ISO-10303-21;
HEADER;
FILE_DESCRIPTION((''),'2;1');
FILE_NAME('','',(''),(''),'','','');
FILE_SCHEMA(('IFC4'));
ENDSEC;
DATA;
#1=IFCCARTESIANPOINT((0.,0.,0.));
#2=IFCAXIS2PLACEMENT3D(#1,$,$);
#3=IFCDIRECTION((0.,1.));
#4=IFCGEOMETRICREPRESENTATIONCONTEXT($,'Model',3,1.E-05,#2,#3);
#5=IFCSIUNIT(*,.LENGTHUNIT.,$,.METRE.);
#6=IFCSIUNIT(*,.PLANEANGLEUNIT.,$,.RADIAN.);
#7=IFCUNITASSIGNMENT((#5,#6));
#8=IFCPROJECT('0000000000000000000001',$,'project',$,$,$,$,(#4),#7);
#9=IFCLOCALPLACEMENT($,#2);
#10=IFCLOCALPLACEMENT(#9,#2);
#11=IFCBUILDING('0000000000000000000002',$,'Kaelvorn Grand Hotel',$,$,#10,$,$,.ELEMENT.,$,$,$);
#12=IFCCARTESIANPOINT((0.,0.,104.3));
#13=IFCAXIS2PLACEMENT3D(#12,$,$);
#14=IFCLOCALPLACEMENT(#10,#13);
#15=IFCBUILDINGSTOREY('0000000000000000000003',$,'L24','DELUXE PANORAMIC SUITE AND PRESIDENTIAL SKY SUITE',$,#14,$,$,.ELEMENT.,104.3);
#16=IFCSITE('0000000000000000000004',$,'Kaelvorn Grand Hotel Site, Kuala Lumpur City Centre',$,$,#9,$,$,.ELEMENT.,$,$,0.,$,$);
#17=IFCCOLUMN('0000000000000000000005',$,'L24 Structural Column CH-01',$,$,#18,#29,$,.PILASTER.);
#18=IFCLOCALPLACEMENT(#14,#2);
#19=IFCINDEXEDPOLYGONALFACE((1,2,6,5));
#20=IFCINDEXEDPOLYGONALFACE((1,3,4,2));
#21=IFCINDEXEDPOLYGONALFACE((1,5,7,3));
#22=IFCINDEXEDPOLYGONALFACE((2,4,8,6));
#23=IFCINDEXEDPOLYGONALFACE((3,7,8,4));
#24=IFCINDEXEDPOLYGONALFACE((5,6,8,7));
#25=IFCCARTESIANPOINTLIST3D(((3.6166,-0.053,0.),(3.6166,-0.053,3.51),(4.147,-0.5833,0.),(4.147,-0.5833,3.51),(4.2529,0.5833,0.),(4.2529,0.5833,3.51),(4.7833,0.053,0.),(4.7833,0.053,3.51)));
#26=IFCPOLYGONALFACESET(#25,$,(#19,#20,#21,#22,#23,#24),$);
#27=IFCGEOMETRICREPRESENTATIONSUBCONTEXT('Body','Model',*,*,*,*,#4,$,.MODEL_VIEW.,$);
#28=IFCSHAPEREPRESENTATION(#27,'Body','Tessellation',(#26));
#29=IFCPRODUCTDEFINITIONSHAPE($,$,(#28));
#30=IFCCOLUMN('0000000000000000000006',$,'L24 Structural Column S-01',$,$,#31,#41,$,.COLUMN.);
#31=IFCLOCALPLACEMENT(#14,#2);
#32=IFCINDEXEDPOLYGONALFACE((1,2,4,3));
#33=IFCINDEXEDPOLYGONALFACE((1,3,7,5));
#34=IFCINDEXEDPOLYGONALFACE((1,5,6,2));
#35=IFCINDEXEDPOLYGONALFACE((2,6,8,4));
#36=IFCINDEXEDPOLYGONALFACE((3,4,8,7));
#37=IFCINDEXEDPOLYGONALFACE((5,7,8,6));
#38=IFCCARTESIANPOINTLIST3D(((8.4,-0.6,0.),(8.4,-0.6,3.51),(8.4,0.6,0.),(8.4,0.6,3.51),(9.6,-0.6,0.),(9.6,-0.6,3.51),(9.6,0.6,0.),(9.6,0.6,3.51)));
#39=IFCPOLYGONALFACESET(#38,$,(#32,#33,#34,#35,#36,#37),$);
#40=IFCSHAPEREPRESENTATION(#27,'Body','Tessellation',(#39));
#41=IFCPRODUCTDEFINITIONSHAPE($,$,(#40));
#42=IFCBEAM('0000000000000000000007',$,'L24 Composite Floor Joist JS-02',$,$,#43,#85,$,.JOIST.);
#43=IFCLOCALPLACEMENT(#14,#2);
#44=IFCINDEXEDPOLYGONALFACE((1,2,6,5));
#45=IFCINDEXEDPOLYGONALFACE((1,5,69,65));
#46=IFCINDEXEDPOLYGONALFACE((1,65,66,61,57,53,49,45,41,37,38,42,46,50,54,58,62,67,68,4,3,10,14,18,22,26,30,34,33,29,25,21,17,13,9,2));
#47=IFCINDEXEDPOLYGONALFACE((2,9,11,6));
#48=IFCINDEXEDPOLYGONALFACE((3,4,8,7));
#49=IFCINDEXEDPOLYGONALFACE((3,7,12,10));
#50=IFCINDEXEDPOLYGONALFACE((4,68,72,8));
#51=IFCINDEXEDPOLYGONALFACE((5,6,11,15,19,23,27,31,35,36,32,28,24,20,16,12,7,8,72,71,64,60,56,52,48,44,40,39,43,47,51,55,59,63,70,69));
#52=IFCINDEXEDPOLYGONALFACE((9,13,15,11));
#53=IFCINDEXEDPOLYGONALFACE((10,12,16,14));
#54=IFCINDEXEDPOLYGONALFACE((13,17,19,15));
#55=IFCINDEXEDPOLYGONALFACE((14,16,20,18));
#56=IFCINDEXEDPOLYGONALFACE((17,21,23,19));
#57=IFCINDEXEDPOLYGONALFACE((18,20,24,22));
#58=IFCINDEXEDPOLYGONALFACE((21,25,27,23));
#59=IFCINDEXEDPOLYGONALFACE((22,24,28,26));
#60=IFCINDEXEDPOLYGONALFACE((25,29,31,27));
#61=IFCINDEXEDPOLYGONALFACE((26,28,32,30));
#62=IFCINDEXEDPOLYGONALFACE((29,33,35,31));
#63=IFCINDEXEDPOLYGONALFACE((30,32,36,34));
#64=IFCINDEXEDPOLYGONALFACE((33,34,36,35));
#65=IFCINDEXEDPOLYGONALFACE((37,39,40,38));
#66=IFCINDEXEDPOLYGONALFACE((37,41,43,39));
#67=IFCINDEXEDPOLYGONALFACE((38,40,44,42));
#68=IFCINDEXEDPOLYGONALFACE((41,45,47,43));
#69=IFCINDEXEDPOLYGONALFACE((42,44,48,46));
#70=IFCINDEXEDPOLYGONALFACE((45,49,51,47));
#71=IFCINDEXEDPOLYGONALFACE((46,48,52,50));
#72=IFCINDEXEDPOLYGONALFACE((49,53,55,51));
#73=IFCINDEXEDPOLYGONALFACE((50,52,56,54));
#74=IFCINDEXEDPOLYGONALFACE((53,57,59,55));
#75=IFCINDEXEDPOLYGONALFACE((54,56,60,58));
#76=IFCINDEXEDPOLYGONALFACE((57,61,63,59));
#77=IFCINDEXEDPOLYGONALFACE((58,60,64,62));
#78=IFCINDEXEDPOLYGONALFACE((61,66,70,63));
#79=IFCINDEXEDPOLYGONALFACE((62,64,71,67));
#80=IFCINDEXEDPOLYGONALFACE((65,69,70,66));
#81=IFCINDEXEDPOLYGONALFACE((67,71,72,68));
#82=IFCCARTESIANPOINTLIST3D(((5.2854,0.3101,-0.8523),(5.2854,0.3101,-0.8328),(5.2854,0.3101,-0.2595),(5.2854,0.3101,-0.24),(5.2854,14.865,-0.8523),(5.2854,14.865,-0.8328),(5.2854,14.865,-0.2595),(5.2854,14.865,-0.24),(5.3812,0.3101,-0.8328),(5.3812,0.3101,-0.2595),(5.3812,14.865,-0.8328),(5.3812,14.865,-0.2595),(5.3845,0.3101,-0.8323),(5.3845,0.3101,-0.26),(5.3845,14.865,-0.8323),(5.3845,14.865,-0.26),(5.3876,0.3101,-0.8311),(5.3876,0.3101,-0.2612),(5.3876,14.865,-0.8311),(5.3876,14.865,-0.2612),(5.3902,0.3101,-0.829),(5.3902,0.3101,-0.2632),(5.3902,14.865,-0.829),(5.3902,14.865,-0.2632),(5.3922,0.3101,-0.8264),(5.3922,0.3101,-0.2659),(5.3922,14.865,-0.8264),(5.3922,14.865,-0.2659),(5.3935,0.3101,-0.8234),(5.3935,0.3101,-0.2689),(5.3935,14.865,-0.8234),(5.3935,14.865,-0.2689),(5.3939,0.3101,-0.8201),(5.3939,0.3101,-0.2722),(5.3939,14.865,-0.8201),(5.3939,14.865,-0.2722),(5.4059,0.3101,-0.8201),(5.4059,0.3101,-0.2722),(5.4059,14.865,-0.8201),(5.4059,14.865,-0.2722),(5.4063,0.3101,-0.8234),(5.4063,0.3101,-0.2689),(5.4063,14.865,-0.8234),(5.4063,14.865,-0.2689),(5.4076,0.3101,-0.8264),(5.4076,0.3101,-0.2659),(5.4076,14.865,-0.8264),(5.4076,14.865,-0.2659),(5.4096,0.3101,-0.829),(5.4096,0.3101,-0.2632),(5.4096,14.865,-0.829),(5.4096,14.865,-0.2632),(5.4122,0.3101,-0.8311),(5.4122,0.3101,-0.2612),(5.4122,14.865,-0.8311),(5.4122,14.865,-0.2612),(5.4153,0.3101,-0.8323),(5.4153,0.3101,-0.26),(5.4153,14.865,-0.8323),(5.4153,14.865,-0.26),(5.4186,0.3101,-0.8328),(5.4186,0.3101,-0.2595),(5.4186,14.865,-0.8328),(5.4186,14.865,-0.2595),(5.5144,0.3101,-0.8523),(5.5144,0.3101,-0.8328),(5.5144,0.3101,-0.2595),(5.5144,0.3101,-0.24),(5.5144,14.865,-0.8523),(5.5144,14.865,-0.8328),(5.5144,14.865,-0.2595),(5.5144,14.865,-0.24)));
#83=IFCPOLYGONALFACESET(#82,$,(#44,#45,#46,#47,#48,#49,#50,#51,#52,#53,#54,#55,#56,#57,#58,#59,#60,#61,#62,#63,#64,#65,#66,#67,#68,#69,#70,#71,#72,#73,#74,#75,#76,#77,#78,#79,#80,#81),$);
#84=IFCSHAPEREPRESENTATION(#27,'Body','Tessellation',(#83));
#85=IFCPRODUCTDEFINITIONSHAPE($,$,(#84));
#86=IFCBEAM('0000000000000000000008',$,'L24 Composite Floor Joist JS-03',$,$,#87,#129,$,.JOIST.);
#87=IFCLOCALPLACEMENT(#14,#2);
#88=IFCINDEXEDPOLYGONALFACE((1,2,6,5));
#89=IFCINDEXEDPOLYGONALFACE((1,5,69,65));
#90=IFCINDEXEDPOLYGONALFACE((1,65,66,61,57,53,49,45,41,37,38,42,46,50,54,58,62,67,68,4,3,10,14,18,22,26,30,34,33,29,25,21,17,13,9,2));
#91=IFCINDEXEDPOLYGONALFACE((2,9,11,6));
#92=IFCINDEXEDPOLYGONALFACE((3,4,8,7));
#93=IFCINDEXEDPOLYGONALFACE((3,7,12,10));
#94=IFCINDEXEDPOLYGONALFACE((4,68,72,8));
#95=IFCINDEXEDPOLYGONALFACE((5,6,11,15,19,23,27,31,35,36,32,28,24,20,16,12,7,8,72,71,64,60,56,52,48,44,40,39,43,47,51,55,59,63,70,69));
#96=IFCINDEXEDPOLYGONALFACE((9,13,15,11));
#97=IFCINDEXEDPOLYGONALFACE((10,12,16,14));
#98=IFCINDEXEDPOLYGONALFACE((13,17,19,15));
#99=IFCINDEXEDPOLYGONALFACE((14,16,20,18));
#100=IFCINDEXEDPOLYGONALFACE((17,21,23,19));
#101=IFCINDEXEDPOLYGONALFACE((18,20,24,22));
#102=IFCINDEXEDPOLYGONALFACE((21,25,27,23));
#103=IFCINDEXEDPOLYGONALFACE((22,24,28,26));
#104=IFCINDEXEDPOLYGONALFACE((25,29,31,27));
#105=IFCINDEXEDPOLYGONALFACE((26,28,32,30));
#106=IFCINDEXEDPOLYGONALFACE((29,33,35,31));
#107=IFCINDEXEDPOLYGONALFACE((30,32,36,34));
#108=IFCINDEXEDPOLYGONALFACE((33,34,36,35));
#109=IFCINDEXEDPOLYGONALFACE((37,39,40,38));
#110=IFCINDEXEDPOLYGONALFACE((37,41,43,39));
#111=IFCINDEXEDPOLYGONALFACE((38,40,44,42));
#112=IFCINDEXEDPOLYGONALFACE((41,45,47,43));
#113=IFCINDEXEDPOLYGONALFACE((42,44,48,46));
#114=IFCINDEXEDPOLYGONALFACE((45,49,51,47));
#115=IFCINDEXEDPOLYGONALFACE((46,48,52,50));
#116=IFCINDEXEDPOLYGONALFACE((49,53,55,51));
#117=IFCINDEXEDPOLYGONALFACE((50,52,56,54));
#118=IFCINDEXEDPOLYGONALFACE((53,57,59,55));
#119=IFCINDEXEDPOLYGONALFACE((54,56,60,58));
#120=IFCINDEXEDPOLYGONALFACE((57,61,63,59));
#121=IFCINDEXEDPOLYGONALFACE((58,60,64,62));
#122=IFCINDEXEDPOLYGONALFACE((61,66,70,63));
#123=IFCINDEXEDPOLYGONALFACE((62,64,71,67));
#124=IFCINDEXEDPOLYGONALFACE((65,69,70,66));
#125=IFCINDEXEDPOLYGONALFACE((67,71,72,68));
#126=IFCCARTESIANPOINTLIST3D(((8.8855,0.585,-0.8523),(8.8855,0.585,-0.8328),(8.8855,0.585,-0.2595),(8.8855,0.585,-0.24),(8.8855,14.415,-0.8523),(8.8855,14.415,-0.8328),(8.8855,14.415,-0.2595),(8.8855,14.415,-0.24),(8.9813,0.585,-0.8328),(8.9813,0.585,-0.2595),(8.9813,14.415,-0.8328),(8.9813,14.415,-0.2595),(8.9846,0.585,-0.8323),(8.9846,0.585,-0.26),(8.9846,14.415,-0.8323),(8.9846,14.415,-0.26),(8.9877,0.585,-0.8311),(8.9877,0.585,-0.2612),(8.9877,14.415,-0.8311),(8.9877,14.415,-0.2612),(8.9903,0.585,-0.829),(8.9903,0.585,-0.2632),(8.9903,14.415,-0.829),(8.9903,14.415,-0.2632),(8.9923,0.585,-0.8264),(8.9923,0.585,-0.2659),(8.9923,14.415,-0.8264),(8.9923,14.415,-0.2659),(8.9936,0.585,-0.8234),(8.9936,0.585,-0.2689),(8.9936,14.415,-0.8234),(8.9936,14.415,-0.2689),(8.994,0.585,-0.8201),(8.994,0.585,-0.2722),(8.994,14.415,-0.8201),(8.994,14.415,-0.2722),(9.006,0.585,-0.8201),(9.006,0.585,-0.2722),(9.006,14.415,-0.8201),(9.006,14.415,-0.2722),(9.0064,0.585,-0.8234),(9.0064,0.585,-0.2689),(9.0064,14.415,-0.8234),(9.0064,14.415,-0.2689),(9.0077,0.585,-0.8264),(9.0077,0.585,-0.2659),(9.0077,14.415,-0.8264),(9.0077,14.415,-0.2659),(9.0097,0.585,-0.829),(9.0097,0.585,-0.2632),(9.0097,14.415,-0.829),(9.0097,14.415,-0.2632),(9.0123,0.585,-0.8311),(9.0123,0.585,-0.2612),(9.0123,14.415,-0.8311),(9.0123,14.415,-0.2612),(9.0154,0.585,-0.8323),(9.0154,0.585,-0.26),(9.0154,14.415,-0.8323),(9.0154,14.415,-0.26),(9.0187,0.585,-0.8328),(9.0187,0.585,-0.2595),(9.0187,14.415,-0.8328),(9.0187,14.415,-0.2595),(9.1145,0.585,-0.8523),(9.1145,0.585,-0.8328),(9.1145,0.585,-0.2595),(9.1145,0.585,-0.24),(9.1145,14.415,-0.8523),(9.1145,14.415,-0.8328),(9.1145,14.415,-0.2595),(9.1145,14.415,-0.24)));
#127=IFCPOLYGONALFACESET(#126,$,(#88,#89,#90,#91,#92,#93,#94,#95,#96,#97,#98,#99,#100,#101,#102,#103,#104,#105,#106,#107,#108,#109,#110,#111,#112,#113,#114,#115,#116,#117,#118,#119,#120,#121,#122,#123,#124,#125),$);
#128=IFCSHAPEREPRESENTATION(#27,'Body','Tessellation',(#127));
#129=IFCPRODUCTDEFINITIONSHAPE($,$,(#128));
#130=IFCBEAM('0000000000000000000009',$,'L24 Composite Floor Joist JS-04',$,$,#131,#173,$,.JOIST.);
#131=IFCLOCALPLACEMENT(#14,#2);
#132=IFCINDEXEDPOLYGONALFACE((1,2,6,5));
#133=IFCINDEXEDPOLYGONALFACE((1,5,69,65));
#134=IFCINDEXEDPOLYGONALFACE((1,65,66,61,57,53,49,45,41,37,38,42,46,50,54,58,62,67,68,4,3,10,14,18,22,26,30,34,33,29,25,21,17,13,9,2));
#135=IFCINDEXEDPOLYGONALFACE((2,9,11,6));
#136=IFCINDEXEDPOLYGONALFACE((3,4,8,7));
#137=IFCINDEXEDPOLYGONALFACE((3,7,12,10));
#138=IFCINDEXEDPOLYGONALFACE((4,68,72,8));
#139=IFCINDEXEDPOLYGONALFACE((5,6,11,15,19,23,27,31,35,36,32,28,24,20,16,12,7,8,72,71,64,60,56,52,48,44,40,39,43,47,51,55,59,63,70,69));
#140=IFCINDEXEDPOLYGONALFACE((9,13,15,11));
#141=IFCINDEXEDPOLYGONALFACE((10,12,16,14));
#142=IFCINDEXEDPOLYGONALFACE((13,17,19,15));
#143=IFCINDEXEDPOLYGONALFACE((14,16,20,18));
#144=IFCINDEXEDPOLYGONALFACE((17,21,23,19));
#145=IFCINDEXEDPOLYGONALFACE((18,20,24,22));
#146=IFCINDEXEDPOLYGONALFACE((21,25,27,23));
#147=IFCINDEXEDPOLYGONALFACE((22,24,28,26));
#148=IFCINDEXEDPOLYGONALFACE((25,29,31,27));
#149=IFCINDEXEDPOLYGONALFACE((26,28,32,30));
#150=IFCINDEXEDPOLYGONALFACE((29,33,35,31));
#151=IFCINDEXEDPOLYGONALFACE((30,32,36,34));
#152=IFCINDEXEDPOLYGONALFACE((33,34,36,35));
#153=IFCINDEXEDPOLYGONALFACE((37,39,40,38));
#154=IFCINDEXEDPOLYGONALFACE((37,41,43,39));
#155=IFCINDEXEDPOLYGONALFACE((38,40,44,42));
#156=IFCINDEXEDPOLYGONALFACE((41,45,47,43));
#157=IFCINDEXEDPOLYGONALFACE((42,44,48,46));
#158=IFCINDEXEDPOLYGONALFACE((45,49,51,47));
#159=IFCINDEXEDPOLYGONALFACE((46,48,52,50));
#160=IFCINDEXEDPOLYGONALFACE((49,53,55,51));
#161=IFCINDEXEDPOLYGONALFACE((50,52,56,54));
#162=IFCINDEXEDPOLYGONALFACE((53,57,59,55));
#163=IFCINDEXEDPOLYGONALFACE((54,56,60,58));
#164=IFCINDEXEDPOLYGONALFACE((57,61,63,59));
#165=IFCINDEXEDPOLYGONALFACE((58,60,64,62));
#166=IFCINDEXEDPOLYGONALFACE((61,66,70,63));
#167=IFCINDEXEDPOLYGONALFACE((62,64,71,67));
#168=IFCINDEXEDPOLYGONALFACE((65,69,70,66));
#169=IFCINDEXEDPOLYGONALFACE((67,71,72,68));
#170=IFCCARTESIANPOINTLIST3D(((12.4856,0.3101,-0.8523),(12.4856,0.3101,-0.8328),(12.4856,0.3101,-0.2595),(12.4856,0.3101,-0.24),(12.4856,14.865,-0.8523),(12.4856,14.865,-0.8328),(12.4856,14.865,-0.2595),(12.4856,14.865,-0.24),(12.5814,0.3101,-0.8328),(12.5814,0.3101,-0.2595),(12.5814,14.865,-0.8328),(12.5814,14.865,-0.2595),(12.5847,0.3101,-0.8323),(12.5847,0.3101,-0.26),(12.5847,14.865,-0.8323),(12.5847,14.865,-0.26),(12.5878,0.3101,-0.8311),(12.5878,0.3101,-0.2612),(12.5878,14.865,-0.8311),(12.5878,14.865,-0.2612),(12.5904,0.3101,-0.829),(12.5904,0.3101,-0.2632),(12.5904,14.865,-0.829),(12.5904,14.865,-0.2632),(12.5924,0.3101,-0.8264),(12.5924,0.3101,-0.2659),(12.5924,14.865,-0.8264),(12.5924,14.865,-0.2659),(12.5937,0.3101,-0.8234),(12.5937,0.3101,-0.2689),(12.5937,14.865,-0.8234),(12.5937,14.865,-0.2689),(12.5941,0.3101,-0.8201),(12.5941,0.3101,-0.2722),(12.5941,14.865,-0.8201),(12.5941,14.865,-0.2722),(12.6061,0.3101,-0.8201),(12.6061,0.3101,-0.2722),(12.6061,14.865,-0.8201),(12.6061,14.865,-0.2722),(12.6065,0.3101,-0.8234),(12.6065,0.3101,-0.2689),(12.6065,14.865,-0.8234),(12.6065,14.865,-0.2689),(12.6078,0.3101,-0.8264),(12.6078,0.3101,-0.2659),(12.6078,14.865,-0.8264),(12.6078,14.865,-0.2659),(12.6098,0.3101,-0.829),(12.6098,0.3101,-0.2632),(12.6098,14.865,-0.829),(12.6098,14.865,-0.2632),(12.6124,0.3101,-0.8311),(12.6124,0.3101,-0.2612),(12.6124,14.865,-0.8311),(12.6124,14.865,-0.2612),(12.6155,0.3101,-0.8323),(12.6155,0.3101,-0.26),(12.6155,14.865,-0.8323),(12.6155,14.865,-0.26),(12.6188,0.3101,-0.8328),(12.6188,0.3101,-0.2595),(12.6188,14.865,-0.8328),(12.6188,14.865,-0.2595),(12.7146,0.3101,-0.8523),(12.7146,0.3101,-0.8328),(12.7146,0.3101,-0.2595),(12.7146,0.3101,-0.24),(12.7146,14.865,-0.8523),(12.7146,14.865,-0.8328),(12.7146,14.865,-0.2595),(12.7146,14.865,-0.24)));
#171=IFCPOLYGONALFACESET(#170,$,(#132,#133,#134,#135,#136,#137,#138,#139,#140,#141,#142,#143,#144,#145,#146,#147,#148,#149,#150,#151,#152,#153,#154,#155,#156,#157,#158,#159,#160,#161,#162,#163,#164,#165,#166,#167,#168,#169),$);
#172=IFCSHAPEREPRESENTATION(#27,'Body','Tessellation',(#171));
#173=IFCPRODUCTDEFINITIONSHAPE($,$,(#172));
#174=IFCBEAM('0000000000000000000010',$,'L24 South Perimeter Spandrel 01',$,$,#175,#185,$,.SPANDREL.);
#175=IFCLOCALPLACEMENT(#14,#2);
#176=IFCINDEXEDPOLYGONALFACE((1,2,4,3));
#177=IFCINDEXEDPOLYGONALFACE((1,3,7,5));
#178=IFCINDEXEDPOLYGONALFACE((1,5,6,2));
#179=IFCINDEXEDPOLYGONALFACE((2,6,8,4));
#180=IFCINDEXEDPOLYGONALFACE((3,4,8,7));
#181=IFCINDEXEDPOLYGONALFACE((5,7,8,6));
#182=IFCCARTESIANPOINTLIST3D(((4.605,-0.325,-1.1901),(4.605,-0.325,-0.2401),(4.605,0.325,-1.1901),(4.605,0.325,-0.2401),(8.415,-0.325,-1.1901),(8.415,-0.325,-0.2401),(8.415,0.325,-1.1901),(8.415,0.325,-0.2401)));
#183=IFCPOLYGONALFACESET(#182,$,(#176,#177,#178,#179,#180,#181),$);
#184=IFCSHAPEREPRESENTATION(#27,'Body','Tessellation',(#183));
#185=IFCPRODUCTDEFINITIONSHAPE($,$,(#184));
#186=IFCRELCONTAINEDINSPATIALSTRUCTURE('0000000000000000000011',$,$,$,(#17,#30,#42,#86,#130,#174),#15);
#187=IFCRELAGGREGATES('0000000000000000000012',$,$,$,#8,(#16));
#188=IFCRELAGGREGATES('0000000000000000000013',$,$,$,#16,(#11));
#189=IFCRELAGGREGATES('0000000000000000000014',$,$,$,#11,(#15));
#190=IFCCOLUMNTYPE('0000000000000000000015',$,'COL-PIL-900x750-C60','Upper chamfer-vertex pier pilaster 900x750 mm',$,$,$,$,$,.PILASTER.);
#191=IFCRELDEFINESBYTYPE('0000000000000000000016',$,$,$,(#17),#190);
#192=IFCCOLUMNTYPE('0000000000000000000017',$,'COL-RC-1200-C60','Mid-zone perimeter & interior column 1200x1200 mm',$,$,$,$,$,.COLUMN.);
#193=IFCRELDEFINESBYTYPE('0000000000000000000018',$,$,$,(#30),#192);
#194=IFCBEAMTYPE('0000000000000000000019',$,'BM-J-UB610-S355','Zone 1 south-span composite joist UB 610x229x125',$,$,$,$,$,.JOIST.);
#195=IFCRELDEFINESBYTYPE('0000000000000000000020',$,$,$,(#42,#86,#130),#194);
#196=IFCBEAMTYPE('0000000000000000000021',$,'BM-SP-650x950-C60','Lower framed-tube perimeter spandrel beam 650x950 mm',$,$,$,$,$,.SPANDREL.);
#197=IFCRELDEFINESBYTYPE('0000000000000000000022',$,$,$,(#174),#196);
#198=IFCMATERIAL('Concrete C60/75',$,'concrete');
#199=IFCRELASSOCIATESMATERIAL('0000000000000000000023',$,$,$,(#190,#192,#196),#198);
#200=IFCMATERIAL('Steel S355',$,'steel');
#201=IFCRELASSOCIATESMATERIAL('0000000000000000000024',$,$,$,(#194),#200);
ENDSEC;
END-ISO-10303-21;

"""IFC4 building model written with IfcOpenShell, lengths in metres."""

from ifc_helpers import new_model, si_unit, direction, frame, origin, origin_2d, place, context, subcontext, project, spatial, rectangle, i_section, extrude, material, material_profile, profile_set, type_object, element, save


model = new_model("IFC4")

# Units and contexts
model_context = context("Model", 3, precision=1e-05, world=origin(), true_north=direction((0.0, 1.0)))
body_context = subcontext(model_context, "Body", "Model", "MODEL_VIEW")
ifc_project = project(units=[si_unit("LENGTHUNIT", "METRE"), si_unit("PLANEANGLEUNIT", "RADIAN")], contexts=[model_context])

# Site, building, storey
site_placement = place(None, origin())
site = spatial("IfcSite", under=ifc_project, at=site_placement, Name="Kaelvorn Grand Hotel Site, Kuala Lumpur City Centre", CompositionType="ELEMENT", RefElevation=0.0)
building_placement = place(site_placement, origin())
building = spatial("IfcBuilding", under=site, at=building_placement, Name="Kaelvorn Grand Hotel", CompositionType="ELEMENT")
storey_placement = place(building_placement, frame((0.0, 0.0, 104.3)))
storey = spatial("IfcBuildingStorey", under=building, at=storey_placement, Name="L24", Description="DELUXE PANORAMIC SUITE AND PRESIDENTIAL SKY SUITE", CompositionType="ELEMENT", Elevation=104.3)

# Columns
ifc_material_1 = material(Name="Concrete C60/75", Category="concrete")
ifc_material_profile_1 = material_profile(ifc_material_1, rectangle(XDim=0.8999, YDim=0.75, at=origin_2d()), Name="RC PILASTER 900x750")
ifc_profile_set_1 = profile_set([ifc_material_profile_1], Name="Concrete C60/75")
column_type_1 = type_object("IfcColumnType", Name="COL-PIL-900x750-C60", Description="Upper chamfer-vertex pier pilaster 900x750 mm", PredefinedType="PILASTER", material=ifc_profile_set_1)
column_1_placement = place(storey_placement, frame((4.2, 0.0, 0.0), z_axis=(0.0, 0.0, 1.0), x_axis=(0.707107, 0.707107, 0.0)))
element("IfcColumn", 1, at=column_1_placement, inside=storey, type_object=column_type_1, Name="L24 Structural Column CH-01", PredefinedType="PILASTER", context=body_context, shape_type="SweptSolid", body=[
    extrude(rectangle(XDim=0.8999, YDim=0.75, at=origin_2d()), origin(), (0.0, 0.0, 1.0), 3.51),
])
ifc_material_profile_2 = material_profile(ifc_material_1, rectangle(XDim=1.2, YDim=1.2, at=origin_2d()), Name="RC COL 1200x1200")
ifc_profile_set_2 = profile_set([ifc_material_profile_2], Name="Concrete C60/75")
column_type_2 = type_object("IfcColumnType", Name="COL-RC-1200-C60", Description="Mid-zone perimeter & interior column 1200x1200 mm", PredefinedType="COLUMN", material=ifc_profile_set_2)
column_2_placement = place(storey_placement, frame((9.0, 0.0, 0.0), z_axis=(0.0, 0.0, 1.0), x_axis=(1.0, 0.0, 0.0)))
element("IfcColumn", 2, at=column_2_placement, inside=storey, type_object=column_type_2, Name="L24 Structural Column S-01", PredefinedType="COLUMN", context=body_context, shape_type="SweptSolid", body=[
    extrude(rectangle(XDim=1.2, YDim=1.2, at=origin_2d()), origin(), (0.0, 0.0, 1.0), 3.51),
])

# Beams
ifc_material_2 = material(Name="Steel S355", Category="steel")
ifc_material_profile_3 = material_profile(ifc_material_2, i_section(OverallWidth=0.229, OverallDepth=0.6123, WebThickness=0.012, FlangeThickness=0.0195, FilletRadius=0.0127, at=origin_2d()), Name="UB 610x229x125")
ifc_profile_set_3 = profile_set([ifc_material_profile_3], Name="Steel S355")
beam_type_1 = type_object("IfcBeamType", Name="BM-J-UB610-S355", Description="Zone 1 south-span composite joist UB 610x229x125", PredefinedType="JOIST", material=ifc_profile_set_3)
beam_1_placement = place(storey_placement, frame((5.3999, 0.3101, -0.5461), z_axis=(0.0, 1.0, 0.0), x_axis=(-1.0, 0.0, 0.0)))
element("IfcBeam", 3, at=beam_1_placement, inside=storey, type_object=beam_type_1, Name="L24 Composite Floor Joist JS-02", PredefinedType="JOIST", context=body_context, shape_type="SweptSolid", body=[
    extrude(i_section(OverallWidth=0.229, OverallDepth=0.6123, WebThickness=0.012, FlangeThickness=0.0195, FilletRadius=0.0127, at=origin_2d()), origin(), (0.0, 0.0, 1.0), 14.5549),
])
beam_2_placement = place(storey_placement, frame((9.0, 0.585, -0.5461), z_axis=(0.0, 1.0, 0.0), x_axis=(-1.0, 0.0, 0.0)))
element("IfcBeam", 4, at=beam_2_placement, inside=storey, type_object=beam_type_1, Name="L24 Composite Floor Joist JS-03", PredefinedType="JOIST", context=body_context, shape_type="SweptSolid", body=[
    extrude(i_section(OverallWidth=0.229, OverallDepth=0.6123, WebThickness=0.012, FlangeThickness=0.0195, FilletRadius=0.0127, at=origin_2d()), origin(), (0.0, 0.0, 1.0), 13.8301),
])
beam_3_placement = place(storey_placement, frame((12.6001, 0.3101, -0.5461), z_axis=(0.0, 1.0, 0.0), x_axis=(-1.0, 0.0, 0.0)))
element("IfcBeam", 5, at=beam_3_placement, inside=storey, type_object=beam_type_1, Name="L24 Composite Floor Joist JS-04", PredefinedType="JOIST", context=body_context, shape_type="SweptSolid", body=[
    extrude(i_section(OverallWidth=0.229, OverallDepth=0.6123, WebThickness=0.012, FlangeThickness=0.0195, FilletRadius=0.0127, at=origin_2d()), origin(), (0.0, 0.0, 1.0), 14.5549),
])
ifc_material_profile_4 = material_profile(ifc_material_1, rectangle(XDim=0.6499, YDim=0.95, at=origin_2d()), Name="RC SPANDREL 650x950")
ifc_profile_set_4 = profile_set([ifc_material_profile_4], Name="Concrete C60/75")
beam_type_2 = type_object("IfcBeamType", Name="BM-SP-650x950-C60", Description="Lower framed-tube perimeter spandrel beam 650x950 mm", PredefinedType="SPANDREL", material=ifc_profile_set_4)
beam_4_placement = place(storey_placement, frame((4.605, 0.0, -0.7151), z_axis=(1.0, 0.0, 0.0), x_axis=(0.0, 1.0, 0.0)))
element("IfcBeam", 6, at=beam_4_placement, inside=storey, type_object=beam_type_2, Name="L24 South Perimeter Spandrel 01", PredefinedType="SPANDREL", context=body_context, shape_type="SweptSolid", body=[
    extrude(rectangle(XDim=0.6499, YDim=0.95, at=origin_2d()), origin(), (0.0, 0.0, 1.0), 3.8101),
])

save(model, "model.ifc")
